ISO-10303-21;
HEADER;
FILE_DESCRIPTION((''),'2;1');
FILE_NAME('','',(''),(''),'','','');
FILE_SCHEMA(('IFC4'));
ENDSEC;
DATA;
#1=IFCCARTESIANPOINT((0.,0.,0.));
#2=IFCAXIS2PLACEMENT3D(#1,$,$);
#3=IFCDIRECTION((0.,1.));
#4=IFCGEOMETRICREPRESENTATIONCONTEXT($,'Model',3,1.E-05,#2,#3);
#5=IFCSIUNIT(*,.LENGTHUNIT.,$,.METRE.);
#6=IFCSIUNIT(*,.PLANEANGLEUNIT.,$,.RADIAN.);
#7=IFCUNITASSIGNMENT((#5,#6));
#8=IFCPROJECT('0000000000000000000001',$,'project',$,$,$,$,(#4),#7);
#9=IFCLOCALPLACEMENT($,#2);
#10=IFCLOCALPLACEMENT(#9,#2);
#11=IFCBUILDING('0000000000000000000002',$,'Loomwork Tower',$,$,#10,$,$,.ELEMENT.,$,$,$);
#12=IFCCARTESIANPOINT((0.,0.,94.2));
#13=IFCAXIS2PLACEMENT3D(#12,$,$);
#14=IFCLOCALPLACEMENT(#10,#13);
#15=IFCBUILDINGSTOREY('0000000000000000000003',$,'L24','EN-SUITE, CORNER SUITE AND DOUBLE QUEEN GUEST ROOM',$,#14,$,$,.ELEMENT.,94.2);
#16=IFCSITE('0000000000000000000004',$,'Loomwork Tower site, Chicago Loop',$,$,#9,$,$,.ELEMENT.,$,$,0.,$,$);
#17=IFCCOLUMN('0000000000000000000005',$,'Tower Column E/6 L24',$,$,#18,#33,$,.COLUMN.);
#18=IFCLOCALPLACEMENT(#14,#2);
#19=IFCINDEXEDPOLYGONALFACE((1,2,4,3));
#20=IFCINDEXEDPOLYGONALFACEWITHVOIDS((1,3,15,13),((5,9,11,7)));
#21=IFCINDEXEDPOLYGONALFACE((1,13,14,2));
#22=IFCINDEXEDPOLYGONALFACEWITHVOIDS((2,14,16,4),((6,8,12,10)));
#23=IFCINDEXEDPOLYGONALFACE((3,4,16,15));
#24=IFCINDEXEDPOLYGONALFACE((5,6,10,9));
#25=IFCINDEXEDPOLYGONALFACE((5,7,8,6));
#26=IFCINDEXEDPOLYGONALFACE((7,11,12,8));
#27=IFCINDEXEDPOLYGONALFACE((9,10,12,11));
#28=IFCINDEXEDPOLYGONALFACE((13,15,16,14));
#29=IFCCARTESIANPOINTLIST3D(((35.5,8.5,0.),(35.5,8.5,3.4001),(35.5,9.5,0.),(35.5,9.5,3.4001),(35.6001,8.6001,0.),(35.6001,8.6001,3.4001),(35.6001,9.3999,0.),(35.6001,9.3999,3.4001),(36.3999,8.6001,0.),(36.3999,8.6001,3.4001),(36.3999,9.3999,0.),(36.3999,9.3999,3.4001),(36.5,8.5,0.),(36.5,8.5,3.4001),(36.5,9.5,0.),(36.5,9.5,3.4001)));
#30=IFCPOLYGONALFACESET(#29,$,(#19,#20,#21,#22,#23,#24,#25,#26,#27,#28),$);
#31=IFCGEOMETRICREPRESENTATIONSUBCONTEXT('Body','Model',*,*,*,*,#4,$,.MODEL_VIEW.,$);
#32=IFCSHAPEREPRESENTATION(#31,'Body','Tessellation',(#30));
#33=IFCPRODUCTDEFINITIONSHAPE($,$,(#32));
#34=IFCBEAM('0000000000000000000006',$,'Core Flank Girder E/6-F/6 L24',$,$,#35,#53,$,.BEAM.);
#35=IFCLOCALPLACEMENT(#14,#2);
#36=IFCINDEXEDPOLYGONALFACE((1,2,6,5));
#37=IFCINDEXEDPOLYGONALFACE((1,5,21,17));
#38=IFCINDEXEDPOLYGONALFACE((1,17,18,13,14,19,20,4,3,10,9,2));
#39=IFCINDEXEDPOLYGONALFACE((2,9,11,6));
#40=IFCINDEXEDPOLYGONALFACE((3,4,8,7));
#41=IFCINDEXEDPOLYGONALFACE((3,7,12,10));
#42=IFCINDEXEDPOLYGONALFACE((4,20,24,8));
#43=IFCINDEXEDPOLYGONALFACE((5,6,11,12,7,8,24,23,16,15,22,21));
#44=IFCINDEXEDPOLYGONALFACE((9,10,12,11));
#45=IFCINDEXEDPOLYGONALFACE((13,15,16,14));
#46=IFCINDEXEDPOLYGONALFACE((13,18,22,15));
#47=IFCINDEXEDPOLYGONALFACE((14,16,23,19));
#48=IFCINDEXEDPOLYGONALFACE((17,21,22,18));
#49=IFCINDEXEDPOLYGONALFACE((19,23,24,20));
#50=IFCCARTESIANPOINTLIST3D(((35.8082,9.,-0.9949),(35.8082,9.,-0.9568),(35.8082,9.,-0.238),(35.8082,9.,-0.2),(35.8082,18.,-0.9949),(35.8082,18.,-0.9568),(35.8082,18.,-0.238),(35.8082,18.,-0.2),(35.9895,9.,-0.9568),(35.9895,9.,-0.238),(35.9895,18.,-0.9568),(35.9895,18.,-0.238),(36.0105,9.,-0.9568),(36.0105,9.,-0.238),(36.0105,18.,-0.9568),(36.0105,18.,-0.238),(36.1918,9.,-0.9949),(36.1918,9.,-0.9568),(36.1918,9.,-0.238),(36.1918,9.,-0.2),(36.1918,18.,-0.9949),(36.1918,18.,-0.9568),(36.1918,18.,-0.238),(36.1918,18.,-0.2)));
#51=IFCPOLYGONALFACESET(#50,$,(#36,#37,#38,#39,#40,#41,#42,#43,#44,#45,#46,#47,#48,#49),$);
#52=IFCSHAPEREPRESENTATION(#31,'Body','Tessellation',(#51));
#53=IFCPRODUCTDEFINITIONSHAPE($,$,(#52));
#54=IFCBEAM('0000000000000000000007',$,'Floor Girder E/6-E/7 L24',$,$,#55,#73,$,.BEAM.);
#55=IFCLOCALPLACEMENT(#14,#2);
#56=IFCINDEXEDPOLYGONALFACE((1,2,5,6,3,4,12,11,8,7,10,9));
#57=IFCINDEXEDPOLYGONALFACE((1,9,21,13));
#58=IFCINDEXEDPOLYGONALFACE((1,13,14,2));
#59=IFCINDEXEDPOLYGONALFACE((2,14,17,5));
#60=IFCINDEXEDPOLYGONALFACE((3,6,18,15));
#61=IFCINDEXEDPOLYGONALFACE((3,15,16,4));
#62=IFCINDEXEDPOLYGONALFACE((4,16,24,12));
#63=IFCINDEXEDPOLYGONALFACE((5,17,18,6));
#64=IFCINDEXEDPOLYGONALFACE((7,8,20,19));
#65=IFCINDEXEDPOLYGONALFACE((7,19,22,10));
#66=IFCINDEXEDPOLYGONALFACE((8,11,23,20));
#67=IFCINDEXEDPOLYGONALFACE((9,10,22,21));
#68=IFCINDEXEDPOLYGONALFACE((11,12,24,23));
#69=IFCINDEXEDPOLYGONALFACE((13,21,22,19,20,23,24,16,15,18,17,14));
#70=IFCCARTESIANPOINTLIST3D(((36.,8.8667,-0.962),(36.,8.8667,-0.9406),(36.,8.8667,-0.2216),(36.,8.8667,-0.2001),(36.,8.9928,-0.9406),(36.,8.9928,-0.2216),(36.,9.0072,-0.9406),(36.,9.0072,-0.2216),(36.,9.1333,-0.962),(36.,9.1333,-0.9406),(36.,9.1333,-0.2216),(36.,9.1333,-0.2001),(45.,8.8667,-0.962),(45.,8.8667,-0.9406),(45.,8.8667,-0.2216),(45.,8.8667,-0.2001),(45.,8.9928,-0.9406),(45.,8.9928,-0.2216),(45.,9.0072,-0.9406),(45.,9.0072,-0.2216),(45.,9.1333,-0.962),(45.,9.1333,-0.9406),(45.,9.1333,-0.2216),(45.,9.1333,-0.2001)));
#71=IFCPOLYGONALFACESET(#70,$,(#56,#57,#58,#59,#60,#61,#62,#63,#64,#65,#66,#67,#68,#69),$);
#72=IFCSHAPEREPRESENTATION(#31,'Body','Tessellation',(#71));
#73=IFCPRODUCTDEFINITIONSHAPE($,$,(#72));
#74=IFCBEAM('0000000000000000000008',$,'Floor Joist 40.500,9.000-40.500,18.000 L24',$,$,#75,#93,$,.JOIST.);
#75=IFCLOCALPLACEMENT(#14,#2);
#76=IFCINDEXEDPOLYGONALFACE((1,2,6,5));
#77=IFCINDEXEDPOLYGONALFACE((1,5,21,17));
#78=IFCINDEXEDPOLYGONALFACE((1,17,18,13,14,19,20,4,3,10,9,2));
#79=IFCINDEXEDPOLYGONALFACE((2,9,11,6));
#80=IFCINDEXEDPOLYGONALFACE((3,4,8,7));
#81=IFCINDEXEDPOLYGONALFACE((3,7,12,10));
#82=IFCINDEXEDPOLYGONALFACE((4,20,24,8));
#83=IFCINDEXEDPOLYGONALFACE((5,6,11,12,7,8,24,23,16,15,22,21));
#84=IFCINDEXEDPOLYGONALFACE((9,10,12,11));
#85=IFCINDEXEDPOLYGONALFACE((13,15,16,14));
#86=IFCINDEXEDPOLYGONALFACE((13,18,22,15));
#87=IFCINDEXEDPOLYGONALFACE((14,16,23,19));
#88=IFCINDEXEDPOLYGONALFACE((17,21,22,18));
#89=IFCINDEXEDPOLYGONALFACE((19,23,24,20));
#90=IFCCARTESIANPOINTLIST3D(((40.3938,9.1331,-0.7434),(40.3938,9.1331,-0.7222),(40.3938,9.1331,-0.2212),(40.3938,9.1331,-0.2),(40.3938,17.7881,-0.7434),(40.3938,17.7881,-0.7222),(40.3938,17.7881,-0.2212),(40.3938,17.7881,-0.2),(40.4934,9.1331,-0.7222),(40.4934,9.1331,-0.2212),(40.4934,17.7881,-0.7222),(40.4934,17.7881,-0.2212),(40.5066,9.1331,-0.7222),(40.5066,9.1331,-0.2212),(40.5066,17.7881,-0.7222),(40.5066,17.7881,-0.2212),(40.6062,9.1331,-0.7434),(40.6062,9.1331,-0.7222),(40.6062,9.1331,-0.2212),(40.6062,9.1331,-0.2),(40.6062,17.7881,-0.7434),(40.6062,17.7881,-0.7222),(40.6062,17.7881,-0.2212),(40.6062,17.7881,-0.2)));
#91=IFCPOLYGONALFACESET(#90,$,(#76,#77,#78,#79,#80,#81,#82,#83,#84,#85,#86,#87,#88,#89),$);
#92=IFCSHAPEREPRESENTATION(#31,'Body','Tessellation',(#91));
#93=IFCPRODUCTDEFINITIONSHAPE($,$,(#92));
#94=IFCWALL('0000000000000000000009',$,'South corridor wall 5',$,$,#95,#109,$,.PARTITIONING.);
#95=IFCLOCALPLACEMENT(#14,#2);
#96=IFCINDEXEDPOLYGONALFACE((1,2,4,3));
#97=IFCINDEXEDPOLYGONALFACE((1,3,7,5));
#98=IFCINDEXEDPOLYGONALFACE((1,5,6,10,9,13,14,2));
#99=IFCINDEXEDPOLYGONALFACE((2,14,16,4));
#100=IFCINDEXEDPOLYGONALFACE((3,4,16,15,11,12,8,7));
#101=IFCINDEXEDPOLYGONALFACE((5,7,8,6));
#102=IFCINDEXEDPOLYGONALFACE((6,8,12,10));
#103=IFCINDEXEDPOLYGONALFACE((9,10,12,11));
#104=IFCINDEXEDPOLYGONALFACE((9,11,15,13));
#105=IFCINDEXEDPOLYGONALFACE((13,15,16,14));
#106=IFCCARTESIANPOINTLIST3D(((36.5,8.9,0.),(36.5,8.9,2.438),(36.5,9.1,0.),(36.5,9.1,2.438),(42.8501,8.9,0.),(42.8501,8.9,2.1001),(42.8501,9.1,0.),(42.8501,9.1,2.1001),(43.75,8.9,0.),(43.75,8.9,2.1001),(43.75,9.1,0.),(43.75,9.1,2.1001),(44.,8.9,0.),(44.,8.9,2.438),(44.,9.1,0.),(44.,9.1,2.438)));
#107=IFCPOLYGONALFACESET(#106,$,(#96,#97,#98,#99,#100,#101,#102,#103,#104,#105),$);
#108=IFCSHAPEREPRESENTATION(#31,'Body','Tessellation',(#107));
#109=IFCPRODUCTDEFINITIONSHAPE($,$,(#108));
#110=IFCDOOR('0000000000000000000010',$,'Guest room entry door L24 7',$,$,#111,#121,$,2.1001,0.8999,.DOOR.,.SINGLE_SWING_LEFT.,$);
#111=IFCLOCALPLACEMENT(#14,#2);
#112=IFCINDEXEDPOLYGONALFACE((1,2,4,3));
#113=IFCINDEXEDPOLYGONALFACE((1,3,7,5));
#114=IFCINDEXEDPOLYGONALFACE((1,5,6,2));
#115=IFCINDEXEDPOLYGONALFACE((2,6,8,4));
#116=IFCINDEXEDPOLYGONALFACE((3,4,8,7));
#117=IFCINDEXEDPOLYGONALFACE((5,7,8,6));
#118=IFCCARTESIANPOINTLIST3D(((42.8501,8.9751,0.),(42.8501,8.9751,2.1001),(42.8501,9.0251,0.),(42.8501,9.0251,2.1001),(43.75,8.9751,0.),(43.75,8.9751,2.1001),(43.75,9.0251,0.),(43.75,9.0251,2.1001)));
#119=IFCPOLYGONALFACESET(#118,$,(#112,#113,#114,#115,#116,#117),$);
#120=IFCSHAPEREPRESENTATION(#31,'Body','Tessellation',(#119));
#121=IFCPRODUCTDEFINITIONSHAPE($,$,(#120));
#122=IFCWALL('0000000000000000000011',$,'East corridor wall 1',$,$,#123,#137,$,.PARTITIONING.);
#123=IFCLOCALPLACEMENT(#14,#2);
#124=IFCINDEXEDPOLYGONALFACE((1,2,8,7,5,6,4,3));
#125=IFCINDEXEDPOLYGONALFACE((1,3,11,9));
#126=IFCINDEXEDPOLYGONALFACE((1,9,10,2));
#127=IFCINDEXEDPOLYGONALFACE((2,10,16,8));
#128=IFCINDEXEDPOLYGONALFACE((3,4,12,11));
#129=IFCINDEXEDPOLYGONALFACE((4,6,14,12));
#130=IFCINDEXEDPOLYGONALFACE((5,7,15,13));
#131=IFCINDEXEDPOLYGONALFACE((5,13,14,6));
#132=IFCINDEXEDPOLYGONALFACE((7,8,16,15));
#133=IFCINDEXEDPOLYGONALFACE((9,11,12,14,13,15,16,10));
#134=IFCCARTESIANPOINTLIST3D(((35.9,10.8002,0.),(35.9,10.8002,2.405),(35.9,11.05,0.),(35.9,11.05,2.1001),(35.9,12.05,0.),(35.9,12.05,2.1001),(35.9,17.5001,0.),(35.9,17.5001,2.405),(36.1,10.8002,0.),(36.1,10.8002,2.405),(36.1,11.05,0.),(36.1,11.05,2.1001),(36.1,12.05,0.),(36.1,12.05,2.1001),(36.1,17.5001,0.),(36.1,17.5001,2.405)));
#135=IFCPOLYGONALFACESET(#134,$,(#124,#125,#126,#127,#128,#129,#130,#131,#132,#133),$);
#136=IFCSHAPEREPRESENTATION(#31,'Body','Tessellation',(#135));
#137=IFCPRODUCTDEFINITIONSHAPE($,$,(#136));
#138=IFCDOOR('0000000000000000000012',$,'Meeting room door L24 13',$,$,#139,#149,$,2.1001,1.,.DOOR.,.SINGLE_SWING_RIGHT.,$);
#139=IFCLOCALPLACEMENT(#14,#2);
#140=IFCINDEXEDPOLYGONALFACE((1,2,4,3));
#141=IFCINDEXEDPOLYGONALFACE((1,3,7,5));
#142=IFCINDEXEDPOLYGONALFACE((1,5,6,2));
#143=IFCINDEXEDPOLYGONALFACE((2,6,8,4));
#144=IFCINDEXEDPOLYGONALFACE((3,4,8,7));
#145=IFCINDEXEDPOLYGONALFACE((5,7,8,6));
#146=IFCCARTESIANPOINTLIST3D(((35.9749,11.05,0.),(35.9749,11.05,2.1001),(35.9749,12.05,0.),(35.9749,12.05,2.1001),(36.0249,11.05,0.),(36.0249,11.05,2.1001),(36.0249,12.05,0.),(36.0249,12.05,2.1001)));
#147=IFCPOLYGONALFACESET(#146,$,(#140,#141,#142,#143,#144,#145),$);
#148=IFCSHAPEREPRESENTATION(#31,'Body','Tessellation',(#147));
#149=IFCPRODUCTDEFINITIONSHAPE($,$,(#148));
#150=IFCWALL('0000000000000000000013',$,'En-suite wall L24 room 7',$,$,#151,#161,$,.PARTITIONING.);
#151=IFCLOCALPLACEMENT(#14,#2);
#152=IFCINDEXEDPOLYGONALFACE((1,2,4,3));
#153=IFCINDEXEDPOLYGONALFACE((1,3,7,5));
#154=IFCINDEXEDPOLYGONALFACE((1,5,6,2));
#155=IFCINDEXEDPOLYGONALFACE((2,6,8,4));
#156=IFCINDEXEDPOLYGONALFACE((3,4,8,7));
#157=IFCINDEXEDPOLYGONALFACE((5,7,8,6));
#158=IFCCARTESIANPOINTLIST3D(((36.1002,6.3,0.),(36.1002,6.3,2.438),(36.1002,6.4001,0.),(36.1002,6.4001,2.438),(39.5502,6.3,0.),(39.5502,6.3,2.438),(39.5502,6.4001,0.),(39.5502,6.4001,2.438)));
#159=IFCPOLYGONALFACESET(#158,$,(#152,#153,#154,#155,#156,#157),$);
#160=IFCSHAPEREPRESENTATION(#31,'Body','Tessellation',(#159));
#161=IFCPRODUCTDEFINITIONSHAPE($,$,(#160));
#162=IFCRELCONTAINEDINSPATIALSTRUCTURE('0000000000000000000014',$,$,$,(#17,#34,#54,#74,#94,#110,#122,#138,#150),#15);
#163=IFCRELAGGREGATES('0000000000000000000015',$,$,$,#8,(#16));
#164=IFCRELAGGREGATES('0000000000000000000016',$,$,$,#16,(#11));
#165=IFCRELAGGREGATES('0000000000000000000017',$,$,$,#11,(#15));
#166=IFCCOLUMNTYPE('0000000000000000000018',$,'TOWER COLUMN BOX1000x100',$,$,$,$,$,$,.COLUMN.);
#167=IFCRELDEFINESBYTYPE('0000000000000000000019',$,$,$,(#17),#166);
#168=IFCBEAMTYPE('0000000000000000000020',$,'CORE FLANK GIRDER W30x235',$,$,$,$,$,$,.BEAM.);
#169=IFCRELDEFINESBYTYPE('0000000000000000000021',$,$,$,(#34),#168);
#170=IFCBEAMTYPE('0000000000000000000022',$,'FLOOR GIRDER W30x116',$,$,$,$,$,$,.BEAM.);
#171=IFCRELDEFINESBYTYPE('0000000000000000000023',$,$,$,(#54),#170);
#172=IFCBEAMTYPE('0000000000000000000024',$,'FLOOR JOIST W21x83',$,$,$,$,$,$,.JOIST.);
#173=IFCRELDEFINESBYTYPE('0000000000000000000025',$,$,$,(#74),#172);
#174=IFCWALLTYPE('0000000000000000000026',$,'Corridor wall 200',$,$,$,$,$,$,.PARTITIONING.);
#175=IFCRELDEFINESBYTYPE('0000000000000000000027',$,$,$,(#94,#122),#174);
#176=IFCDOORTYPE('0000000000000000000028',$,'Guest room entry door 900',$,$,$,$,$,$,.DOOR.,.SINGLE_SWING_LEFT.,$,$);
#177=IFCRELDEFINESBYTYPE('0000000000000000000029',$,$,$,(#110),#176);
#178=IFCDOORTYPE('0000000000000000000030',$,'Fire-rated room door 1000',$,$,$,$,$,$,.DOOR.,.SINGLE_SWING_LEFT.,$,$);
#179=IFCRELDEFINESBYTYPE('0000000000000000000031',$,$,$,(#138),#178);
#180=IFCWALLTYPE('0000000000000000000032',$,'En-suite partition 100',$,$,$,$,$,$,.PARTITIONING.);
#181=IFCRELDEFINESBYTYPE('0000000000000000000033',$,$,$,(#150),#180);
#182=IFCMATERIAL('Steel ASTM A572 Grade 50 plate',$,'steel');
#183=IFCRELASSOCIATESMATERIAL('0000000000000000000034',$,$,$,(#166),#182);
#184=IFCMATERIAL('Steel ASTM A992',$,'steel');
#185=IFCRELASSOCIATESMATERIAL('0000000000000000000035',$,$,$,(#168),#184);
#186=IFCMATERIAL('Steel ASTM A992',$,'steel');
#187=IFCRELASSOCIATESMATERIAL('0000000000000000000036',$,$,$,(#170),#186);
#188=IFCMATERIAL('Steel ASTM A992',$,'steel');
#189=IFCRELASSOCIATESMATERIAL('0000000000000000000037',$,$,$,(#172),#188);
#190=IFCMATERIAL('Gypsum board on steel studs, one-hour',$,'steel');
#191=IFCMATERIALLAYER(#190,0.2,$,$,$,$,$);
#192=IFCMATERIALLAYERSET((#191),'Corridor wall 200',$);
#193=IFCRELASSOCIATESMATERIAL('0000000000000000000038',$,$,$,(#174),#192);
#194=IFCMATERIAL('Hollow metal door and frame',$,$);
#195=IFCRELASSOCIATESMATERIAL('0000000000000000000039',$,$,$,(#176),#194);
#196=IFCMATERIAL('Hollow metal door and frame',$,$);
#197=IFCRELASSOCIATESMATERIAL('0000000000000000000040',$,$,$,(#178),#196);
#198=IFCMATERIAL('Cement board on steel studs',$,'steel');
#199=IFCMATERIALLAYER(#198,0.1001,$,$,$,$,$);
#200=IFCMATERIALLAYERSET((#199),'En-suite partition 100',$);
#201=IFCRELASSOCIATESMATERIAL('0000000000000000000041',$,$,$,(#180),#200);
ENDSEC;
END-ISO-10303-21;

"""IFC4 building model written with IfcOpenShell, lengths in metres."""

from ifc_helpers import new_model, si_unit, direction, frame, frame_2d, origin, origin_2d, place, context, subcontext, project, spatial, rectangle, hollow_rectangle, i_section, extrude, material, layer, layer_set, material_profile, profile_set, type_object, element, fill, save


model = new_model("IFC4")

# Units and contexts
model_context = context("Model", 3, precision=1e-05, world=origin(), true_north=direction((0.0, 1.0)))
body_context = subcontext(model_context, "Body", "Model", "MODEL_VIEW")
ifc_project = project(units=[si_unit("LENGTHUNIT", "METRE"), si_unit("PLANEANGLEUNIT", "RADIAN")], contexts=[model_context])

# Site, building, storey
site_placement = place(None, origin())
site = spatial("IfcSite", under=ifc_project, at=site_placement, Name="Loomwork Tower site, Chicago Loop", CompositionType="ELEMENT", RefElevation=0.0)
building_placement = place(site_placement, origin())
building = spatial("IfcBuilding", under=site, at=building_placement, Name="Loomwork Tower", CompositionType="ELEMENT")
storey_placement = place(building_placement, frame((0.0, 0.0, 94.2)))
storey = spatial("IfcBuildingStorey", under=building, at=storey_placement, Name="L24", Description="EN-SUITE, CORNER SUITE AND DOUBLE QUEEN GUEST ROOM", CompositionType="ELEMENT", Elevation=94.2)

# Column
ifc_material_1 = material(Name="Steel ASTM A572 Grade 50 plate", Category="steel")
ifc_material_profile_1 = material_profile(ifc_material_1, hollow_rectangle(XDim=1.0, YDim=1.0, WallThickness=0.1001, at=origin_2d()), Name="BOX1000x100")
ifc_profile_set_1 = profile_set([ifc_material_profile_1], Name="Steel ASTM A572 Grade 50 plate")
column_type = type_object("IfcColumnType", Name="TOWER COLUMN BOX1000x100", PredefinedType="COLUMN", material=ifc_profile_set_1)
column_placement = place(storey_placement, frame((36.0, 9.0, 0.0), z_axis=(0.0, 0.0, 1.0), x_axis=(0.0, 1.0, 0.0)))
element("IfcColumn", 1, at=column_placement, inside=storey, type_object=column_type, Name="Tower Column E/6 L24", PredefinedType="COLUMN", context=body_context, shape_type="SweptSolid", body=[
    extrude(hollow_rectangle(XDim=1.0, YDim=1.0, WallThickness=0.1001, at=origin_2d()), origin(), (0.0, 0.0, 1.0), 3.4001),
])

# Beams
ifc_material_2 = material(Name="Steel ASTM A992", Category="steel")
ifc_material_profile_2 = material_profile(ifc_material_2, i_section(OverallWidth=0.3835, OverallDepth=0.7949, WebThickness=0.021, FlangeThickness=0.0381, at=origin_2d()), Name="W30x235")
ifc_profile_set_2 = profile_set([ifc_material_profile_2], Name="Steel ASTM A992")
beam_type_1 = type_object("IfcBeamType", Name="CORE FLANK GIRDER W30x235", PredefinedType="BEAM", material=ifc_profile_set_2)
beam_1_placement = place(storey_placement, frame((36.0, 9.0, -0.5974), z_axis=(0.0, 1.0, 0.0), x_axis=(-1.0, 0.0, 0.0)))
element("IfcBeam", 2, at=beam_1_placement, inside=storey, type_object=beam_type_1, Name="Core Flank Girder E/6-F/6 L24", PredefinedType="BEAM", context=body_context, shape_type="SweptSolid", body=[
    extrude(i_section(OverallWidth=0.3835, OverallDepth=0.7949, WebThickness=0.021, FlangeThickness=0.0381, at=origin_2d()), origin(), (0.0, 0.0, 1.0), 9.0),
])
ifc_material_3 = material(Name="Steel ASTM A992", Category="steel")
ifc_material_profile_3 = material_profile(ifc_material_3, i_section(OverallWidth=0.2666, OverallDepth=0.762, WebThickness=0.0144, FlangeThickness=0.0215, at=origin_2d()), Name="W30x116")
ifc_profile_set_3 = profile_set([ifc_material_profile_3], Name="Steel ASTM A992")
beam_type_2 = type_object("IfcBeamType", Name="FLOOR GIRDER W30x116", PredefinedType="BEAM", material=ifc_profile_set_3)
beam_2_placement = place(storey_placement, frame((36.0, 9.0, -0.5811), z_axis=(1.0, 0.0, 0.0), x_axis=(0.0, 1.0, 0.0)))
element("IfcBeam", 3, at=beam_2_placement, inside=storey, type_object=beam_type_2, Name="Floor Girder E/6-E/7 L24", PredefinedType="BEAM", context=body_context, shape_type="SweptSolid", body=[
    extrude(i_section(OverallWidth=0.2666, OverallDepth=0.762, WebThickness=0.0144, FlangeThickness=0.0215, at=origin_2d()), origin(), (0.0, 0.0, 1.0), 9.0),
])
ifc_material_4 = material(Name="Steel ASTM A992", Category="steel")
ifc_material_profile_4 = material_profile(ifc_material_4, i_section(OverallWidth=0.2124, OverallDepth=0.5435, WebThickness=0.0132, FlangeThickness=0.0212, at=origin_2d()), Name="W21x83")
ifc_profile_set_4 = profile_set([ifc_material_profile_4], Name="Steel ASTM A992")
beam_type_3 = type_object("IfcBeamType", Name="FLOOR JOIST W21x83", PredefinedType="JOIST", material=ifc_profile_set_4)
beam_3_placement = place(storey_placement, frame((40.5, 9.1331, -0.4717), z_axis=(0.0, 1.0, 0.0), x_axis=(-1.0, 0.0, 0.0)))
element("IfcBeam", 4, at=beam_3_placement, inside=storey, type_object=beam_type_3, Name="Floor Joist 40.500,9.000-40.500,18.000 L24", PredefinedType="JOIST", context=body_context, shape_type="SweptSolid", body=[
    extrude(i_section(OverallWidth=0.2124, OverallDepth=0.5435, WebThickness=0.0132, FlangeThickness=0.0212, at=origin_2d()), origin(), (0.0, 0.0, 1.0), 8.655),
])

# Walls, openings, doors
ifc_material_5 = material(Name="Gypsum board on steel studs, one-hour", Category="steel")
ifc_layer_1 = layer(ifc_material_5, 0.2)
ifc_layer_set_1 = layer_set([ifc_layer_1], Name="Corridor wall 200")
wall_type_1 = type_object("IfcWallType", Name="Corridor wall 200", PredefinedType="PARTITIONING", material=ifc_layer_set_1)
wall_1_placement = place(storey_placement, frame((36.5, 9.0, 0.0), z_axis=(0.0, 0.0, 1.0), x_axis=(1.0, 0.0, 0.0)))
wall_1 = element("IfcWall", 5, at=wall_1_placement, inside=storey, type_object=wall_type_1, Name="South corridor wall 5", PredefinedType="PARTITIONING", context=body_context, shape_type="SweptSolid", body=[
    extrude(rectangle(XDim=7.5, YDim=0.2, at=frame_2d((3.75, 0.0))), origin(), (0.0, 0.0, 1.0), 2.438),
])
opening_1_placement = place(wall_1_placement, frame((6.3501, 0.0, 0.0)))
opening_1 = element("IfcOpeningElement", 6, at=opening_1_placement, cuts=wall_1, PredefinedType="OPENING", context=body_context, shape_type="SweptSolid", body=[
    extrude(rectangle(XDim=0.8999, YDim=2.1001, at=frame_2d((0.45, 1.05))), frame((0.0, 0.1099, 0.0), z_axis=(0.0, -1.0, 0.0), x_axis=(1.0, 0.0, 0.0)), (0.0, 0.0, 1.0), 0.22),
])
ifc_material_6 = material(Name="Hollow metal door and frame")
door_type_1 = type_object("IfcDoorType", Name="Guest room entry door 900", OperationType="SINGLE_SWING_LEFT", PredefinedType="DOOR", material=ifc_material_6)
door_1_placement = place(opening_1_placement, frame((0.8999, 0.0, 0.0), z_axis=(0.0, 0.0, 1.0), x_axis=(-1.0, 0.0, 0.0)))
door_1 = element("IfcDoor", 7, at=door_1_placement, inside=storey, type_object=door_type_1, Name="Guest room entry door L24 7", OperationType="SINGLE_SWING_LEFT", OverallHeight=2.1001, OverallWidth=0.8999, PredefinedType="DOOR", context=body_context, shape_type="SweptSolid", body=[
    extrude(rectangle(XDim=0.8999, YDim=2.1001, at=frame_2d((0.45, 1.05))), frame((0.0, 0.0249, 0.0), z_axis=(0.0, -1.0, 0.0), x_axis=(1.0, 0.0, 0.0)), (0.0, 0.0, 1.0), 0.05),
])
fill(opening_1, door_1)
wall_2_placement = place(storey_placement, frame((36.0, 10.8, 0.0), z_axis=(0.0, 0.0, 1.0), x_axis=(0.0, 1.0, 0.0)))
wall_2 = element("IfcWall", 8, at=wall_2_placement, inside=storey, type_object=wall_type_1, Name="East corridor wall 1", PredefinedType="PARTITIONING", context=body_context, shape_type="SweptSolid", body=[
    extrude(rectangle(XDim=6.7, YDim=0.2, at=frame_2d((3.3501, 0.0))), origin(), (0.0, 0.0, 1.0), 2.405),
])
opening_2_placement = place(wall_2_placement, frame((0.25, 0.0, 0.0)))
opening_2 = element("IfcOpeningElement", 9, at=opening_2_placement, cuts=wall_2, PredefinedType="OPENING", context=body_context, shape_type="SweptSolid", body=[
    extrude(rectangle(XDim=1.0, YDim=2.1001, at=frame_2d((0.5, 1.05))), frame((0.0, 0.1099, 0.0), z_axis=(0.0, -1.0, 0.0), x_axis=(1.0, 0.0, 0.0)), (0.0, 0.0, 1.0), 0.22),
])
ifc_material_7 = material(Name="Hollow metal door and frame")
door_type_2 = type_object("IfcDoorType", Name="Fire-rated room door 1000", OperationType="SINGLE_SWING_LEFT", PredefinedType="DOOR", material=ifc_material_7)
door_2_placement = place(opening_2_placement, frame((1.0, 0.0, 0.0), z_axis=(0.0, 0.0, 1.0), x_axis=(-1.0, 0.0, 0.0)))
door_2 = element("IfcDoor", 10, at=door_2_placement, inside=storey, type_object=door_type_2, Name="Meeting room door L24 13", OperationType="SINGLE_SWING_RIGHT", OverallHeight=2.1001, OverallWidth=1.0, PredefinedType="DOOR", context=body_context, shape_type="SweptSolid", body=[
    extrude(rectangle(XDim=1.0, YDim=2.1001, at=frame_2d((0.5, 1.05))), frame((0.0, 0.0249, 0.0), z_axis=(0.0, -1.0, 0.0), x_axis=(1.0, 0.0, 0.0)), (0.0, 0.0, 1.0), 0.05),
])
fill(opening_2, door_2)

# Wall
ifc_material_8 = material(Name="Cement board on steel studs", Category="steel")
ifc_layer_2 = layer(ifc_material_8, 0.1001)
ifc_layer_set_2 = layer_set([ifc_layer_2], Name="En-suite partition 100")
wall_type_2 = type_object("IfcWallType", Name="En-suite partition 100", PredefinedType="PARTITIONING", material=ifc_layer_set_2)
wall_3_placement = place(storey_placement, frame((36.1001, 6.3501, 0.0), z_axis=(0.0, 0.0, 1.0), x_axis=(1.0, 0.0, 0.0)))
element("IfcWall", 11, at=wall_3_placement, inside=storey, type_object=wall_type_2, Name="En-suite wall L24 room 7", PredefinedType="PARTITIONING", context=body_context, shape_type="SweptSolid", body=[
    extrude(rectangle(XDim=3.45, YDim=0.1001, at=frame_2d((1.7251, 0.0))), origin(), (0.0, 0.0, 1.0), 2.438),
])

save(model, "model.ifc")
